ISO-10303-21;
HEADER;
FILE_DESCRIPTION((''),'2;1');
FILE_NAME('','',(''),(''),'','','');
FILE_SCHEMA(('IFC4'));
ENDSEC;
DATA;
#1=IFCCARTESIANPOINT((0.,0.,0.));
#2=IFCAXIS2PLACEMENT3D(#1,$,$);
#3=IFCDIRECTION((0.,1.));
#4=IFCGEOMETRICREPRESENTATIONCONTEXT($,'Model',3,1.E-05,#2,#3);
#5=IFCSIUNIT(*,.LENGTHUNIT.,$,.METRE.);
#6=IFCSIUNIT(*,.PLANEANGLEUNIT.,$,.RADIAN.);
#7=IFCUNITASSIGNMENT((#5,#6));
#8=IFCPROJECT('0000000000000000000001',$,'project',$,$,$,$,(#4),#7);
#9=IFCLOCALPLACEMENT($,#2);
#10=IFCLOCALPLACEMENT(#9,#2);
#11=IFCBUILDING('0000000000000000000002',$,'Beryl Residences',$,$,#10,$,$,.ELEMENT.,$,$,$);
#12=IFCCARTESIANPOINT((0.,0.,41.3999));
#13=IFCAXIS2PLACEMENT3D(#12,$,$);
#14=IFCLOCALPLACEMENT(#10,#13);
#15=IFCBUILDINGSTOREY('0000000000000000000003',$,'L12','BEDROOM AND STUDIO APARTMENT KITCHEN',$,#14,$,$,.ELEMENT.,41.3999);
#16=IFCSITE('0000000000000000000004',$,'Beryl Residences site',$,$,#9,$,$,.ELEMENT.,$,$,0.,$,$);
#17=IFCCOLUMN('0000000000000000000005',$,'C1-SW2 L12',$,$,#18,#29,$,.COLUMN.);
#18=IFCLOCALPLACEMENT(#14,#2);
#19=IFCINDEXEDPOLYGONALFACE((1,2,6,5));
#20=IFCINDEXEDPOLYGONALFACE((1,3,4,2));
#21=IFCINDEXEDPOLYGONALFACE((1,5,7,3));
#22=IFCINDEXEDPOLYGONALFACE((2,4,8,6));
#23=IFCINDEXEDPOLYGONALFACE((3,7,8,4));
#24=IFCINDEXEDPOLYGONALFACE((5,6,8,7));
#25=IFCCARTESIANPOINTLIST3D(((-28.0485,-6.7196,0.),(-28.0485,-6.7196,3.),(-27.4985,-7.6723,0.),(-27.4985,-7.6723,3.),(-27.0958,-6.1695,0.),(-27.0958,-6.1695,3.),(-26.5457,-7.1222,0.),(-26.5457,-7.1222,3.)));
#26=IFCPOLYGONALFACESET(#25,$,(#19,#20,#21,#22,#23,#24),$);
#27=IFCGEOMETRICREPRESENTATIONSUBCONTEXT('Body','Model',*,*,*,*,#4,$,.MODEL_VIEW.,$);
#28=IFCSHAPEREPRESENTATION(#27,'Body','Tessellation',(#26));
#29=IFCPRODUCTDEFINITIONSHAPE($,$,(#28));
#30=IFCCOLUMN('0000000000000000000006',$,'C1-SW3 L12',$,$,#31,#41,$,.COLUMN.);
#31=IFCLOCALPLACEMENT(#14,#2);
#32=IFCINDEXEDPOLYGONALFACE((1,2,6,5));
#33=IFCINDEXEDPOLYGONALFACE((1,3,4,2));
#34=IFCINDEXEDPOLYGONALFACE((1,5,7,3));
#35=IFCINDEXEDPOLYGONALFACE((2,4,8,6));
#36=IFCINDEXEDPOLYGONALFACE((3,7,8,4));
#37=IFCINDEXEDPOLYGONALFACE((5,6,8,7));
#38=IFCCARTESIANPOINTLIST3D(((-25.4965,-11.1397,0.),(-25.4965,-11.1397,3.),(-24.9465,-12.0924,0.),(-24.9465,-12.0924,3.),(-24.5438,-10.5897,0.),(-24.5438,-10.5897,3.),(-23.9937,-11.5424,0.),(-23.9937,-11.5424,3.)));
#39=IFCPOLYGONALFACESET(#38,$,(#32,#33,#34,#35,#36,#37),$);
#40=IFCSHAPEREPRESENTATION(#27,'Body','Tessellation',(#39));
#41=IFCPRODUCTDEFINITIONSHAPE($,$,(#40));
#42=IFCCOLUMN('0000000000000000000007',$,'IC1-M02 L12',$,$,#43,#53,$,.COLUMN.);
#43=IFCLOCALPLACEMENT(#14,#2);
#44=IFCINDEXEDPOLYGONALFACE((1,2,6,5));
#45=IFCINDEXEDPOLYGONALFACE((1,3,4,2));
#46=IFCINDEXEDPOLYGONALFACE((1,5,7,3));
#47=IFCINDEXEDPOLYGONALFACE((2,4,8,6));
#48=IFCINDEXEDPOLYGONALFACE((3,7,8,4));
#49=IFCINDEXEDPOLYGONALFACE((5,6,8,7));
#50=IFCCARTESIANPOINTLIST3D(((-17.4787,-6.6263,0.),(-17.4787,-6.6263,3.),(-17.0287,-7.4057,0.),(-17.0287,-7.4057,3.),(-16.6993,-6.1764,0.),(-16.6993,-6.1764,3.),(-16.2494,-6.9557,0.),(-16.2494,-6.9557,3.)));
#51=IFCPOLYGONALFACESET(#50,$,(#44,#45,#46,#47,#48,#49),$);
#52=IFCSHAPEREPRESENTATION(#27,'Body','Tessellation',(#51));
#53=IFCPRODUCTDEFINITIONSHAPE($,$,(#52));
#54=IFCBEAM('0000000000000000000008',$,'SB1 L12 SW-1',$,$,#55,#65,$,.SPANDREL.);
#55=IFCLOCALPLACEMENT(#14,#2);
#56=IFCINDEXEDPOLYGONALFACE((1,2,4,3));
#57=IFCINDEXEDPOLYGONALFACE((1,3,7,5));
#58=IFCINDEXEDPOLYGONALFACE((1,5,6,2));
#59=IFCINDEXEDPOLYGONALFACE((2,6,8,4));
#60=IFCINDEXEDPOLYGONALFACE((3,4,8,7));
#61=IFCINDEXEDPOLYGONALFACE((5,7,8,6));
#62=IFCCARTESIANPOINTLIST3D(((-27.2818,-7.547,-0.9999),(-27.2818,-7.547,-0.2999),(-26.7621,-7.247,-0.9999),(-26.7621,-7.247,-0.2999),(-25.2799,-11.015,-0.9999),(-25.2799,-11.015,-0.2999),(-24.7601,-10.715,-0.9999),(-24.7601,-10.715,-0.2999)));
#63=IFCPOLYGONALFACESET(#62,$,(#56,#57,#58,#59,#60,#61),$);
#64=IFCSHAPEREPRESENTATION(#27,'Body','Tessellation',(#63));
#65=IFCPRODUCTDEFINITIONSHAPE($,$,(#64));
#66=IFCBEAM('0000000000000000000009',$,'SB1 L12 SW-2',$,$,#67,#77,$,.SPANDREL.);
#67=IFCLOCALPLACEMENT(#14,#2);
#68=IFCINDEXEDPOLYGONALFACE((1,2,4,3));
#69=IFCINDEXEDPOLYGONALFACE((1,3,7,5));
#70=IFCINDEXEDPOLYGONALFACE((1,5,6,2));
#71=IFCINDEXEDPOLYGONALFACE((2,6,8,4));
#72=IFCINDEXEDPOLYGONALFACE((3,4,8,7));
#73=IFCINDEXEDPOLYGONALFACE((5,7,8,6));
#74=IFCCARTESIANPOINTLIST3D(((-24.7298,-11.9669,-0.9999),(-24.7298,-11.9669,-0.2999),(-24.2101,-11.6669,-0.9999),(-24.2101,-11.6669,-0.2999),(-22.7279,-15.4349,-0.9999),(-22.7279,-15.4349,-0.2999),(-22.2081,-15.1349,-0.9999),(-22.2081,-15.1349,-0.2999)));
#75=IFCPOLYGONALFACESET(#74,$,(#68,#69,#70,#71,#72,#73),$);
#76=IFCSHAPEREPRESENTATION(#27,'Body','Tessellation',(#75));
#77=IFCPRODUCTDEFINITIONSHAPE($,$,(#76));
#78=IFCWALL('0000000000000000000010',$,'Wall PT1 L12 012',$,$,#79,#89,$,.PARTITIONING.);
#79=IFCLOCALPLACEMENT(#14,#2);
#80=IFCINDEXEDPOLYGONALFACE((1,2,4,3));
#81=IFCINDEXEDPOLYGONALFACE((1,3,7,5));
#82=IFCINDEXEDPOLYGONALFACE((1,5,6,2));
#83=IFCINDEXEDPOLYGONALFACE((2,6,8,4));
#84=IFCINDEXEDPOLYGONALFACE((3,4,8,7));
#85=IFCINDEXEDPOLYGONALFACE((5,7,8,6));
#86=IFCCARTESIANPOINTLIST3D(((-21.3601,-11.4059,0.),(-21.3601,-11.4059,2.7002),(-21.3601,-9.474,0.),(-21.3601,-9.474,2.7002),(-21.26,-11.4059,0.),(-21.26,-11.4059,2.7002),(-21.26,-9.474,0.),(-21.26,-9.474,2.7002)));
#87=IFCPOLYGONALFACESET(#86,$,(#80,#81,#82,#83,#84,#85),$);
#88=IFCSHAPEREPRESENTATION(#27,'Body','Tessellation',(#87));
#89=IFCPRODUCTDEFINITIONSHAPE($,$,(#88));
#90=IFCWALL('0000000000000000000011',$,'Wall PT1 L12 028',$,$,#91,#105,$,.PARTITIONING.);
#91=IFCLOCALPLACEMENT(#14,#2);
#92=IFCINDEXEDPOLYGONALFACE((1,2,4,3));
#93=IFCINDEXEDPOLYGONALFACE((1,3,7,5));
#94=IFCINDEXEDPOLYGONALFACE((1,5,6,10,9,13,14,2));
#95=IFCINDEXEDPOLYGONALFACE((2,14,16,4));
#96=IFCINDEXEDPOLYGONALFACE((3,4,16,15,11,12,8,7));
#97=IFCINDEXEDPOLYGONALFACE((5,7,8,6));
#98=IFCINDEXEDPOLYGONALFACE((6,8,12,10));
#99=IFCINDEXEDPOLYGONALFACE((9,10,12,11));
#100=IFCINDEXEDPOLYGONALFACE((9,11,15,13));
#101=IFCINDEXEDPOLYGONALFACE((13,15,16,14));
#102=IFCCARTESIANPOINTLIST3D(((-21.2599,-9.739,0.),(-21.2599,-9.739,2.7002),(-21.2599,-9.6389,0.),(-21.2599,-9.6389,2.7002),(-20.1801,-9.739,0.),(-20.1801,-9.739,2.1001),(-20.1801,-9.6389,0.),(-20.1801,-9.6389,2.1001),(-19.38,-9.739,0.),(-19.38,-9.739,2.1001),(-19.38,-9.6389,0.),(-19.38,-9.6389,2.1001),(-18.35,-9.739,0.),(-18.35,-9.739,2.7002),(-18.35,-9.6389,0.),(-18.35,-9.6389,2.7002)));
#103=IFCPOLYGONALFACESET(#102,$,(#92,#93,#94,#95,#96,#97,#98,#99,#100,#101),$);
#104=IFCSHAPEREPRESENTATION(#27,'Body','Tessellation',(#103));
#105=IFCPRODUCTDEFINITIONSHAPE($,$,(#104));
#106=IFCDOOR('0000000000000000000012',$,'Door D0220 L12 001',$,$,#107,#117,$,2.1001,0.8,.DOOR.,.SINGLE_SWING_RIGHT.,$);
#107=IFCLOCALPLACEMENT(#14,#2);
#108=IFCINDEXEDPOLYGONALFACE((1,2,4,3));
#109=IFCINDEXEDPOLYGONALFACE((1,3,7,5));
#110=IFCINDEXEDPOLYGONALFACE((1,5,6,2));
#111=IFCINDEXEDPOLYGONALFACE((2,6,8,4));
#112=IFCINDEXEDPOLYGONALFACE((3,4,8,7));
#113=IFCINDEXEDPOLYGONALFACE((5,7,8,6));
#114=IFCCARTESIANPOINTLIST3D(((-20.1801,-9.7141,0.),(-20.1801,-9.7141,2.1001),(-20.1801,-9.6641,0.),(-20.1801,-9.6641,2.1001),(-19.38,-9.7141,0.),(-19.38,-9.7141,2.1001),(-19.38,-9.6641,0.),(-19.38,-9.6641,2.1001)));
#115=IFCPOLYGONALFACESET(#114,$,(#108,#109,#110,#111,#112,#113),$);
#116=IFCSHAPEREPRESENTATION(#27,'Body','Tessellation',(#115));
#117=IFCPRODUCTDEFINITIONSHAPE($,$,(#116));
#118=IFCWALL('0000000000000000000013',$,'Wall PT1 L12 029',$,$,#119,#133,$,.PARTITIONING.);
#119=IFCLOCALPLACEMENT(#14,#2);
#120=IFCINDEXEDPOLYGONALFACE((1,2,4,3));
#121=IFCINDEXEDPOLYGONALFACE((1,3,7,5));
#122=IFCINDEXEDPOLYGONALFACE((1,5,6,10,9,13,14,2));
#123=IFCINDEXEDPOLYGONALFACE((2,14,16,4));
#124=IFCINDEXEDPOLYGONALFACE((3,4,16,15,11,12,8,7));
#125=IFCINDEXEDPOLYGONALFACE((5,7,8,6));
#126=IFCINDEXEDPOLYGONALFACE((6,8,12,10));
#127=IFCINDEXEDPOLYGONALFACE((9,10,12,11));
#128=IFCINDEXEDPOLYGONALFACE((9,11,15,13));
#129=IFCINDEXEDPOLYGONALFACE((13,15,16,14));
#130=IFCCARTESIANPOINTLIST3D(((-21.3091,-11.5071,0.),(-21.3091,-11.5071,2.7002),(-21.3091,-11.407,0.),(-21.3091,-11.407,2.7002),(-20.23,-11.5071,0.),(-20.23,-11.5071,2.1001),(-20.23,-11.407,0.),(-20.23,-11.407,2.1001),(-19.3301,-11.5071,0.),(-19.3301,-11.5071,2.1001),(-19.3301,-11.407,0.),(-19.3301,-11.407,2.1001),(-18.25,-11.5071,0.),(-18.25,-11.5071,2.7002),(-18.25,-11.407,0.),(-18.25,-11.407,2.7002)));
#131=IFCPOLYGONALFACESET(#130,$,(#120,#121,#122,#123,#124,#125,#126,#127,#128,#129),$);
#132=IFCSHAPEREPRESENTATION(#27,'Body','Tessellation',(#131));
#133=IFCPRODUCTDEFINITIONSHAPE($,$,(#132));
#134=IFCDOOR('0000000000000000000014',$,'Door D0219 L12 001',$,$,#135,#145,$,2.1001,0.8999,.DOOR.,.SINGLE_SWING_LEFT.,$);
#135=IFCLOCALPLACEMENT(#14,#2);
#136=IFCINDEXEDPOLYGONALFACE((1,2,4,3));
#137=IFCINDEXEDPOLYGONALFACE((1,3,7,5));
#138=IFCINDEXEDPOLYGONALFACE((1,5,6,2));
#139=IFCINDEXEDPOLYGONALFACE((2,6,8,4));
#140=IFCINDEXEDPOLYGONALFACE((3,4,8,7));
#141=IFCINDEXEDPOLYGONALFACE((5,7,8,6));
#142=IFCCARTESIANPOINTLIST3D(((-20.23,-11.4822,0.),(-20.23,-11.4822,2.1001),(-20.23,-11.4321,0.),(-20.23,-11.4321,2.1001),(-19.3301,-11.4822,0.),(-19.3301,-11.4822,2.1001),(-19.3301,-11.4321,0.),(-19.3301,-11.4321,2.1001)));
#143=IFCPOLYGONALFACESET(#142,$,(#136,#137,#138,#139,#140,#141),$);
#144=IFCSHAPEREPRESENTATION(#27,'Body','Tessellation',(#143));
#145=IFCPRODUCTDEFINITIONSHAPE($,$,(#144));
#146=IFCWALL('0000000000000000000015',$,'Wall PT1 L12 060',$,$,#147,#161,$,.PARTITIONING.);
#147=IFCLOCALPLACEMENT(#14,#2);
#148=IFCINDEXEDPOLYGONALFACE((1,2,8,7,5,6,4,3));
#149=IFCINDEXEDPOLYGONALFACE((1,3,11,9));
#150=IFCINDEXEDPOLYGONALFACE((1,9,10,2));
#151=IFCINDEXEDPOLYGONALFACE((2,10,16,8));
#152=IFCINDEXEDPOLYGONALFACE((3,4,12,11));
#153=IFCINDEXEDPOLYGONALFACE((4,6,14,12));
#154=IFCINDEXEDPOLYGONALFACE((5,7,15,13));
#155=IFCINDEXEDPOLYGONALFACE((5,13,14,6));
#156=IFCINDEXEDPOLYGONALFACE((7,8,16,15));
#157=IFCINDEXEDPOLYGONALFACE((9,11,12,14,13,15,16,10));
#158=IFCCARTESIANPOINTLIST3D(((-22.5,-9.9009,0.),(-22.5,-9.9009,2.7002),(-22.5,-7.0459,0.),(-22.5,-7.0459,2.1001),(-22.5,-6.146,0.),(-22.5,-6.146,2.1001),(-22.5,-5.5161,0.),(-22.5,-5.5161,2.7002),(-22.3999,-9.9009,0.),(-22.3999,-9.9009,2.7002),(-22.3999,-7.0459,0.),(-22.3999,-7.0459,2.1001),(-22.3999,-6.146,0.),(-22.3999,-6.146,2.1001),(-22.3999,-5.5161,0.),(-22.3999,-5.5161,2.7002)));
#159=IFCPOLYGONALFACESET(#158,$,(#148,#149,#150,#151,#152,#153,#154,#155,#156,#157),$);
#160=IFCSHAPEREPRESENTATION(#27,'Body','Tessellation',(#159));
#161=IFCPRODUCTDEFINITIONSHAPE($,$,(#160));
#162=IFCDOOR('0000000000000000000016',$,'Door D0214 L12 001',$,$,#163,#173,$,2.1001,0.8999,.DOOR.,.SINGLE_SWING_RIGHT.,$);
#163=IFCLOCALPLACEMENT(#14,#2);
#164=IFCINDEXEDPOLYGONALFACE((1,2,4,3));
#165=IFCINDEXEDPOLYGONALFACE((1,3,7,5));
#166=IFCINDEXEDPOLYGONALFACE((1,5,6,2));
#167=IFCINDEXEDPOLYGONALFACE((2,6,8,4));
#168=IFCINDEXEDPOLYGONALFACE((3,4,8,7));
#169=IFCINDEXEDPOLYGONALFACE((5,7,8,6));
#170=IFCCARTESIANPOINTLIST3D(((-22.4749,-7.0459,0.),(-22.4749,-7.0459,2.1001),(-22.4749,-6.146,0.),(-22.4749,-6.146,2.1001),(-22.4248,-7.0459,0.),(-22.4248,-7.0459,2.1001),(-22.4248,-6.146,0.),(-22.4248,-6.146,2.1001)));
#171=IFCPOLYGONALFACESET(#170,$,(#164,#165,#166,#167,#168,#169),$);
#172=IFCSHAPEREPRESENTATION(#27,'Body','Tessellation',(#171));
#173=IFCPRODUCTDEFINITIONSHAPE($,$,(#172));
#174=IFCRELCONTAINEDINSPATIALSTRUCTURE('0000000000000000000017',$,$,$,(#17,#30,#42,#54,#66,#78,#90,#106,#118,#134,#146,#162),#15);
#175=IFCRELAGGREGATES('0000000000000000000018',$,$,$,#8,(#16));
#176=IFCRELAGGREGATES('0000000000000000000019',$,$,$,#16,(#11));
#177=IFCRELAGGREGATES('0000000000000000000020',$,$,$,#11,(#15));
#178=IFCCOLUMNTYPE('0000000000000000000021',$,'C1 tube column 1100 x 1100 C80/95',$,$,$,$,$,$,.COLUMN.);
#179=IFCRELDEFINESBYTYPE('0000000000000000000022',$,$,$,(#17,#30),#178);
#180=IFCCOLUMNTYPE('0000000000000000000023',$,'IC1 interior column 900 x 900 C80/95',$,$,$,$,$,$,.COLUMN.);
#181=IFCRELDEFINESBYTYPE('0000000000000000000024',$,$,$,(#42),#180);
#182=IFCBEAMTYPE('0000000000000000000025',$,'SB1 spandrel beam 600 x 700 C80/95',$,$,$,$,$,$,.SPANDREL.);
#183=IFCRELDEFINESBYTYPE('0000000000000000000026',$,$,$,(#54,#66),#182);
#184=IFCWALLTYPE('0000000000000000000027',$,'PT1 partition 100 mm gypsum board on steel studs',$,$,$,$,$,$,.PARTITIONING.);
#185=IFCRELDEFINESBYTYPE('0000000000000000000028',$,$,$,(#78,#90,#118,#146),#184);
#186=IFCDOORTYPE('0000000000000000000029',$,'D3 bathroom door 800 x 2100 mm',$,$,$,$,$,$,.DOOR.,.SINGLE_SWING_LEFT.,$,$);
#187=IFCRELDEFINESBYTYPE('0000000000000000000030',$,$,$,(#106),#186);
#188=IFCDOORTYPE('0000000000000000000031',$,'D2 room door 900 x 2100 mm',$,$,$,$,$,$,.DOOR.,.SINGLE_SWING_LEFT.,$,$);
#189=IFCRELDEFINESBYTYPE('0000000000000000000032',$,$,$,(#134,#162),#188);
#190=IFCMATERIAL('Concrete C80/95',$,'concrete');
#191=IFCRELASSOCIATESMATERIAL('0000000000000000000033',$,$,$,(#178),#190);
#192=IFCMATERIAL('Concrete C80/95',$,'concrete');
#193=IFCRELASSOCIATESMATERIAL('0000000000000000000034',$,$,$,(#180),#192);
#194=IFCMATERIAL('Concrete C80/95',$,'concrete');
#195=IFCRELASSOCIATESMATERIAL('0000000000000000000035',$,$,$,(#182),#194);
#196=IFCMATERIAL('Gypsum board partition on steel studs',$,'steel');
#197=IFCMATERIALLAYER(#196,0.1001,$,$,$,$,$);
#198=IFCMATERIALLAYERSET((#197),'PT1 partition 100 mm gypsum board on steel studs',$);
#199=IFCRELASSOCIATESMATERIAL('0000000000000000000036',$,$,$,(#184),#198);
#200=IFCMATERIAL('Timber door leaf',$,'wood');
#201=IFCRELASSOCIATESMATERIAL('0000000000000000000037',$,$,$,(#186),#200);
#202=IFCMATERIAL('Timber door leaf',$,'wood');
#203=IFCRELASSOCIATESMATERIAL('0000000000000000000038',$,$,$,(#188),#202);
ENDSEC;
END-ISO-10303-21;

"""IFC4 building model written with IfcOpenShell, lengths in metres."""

from ifc_helpers import new_model, si_unit, direction, frame, frame_2d, origin, origin_2d, place, context, subcontext, project, spatial, rectangle, extrude, material, layer, layer_set, material_profile, profile_set, type_object, element, fill, save


model = new_model("IFC4")

# Units and contexts
model_context = context("Model", 3, precision=1e-05, world=origin(), true_north=direction((0.0, 1.0)))
body_context = subcontext(model_context, "Body", "Model", "MODEL_VIEW")
ifc_project = project(units=[si_unit("LENGTHUNIT", "METRE"), si_unit("PLANEANGLEUNIT", "RADIAN")], contexts=[model_context])

# Site, building, storey
site_placement = place(None, origin())
site = spatial("IfcSite", under=ifc_project, at=site_placement, Name="Beryl Residences site", CompositionType="ELEMENT", RefElevation=0.0)
building_placement = place(site_placement, origin())
building = spatial("IfcBuilding", under=site, at=building_placement, Name="Beryl Residences", CompositionType="ELEMENT")
storey_placement = place(building_placement, frame((0.0, 0.0, 41.3999)))
storey = spatial("IfcBuildingStorey", under=building, at=storey_placement, Name="L12", Description="BEDROOM AND STUDIO APARTMENT KITCHEN", CompositionType="ELEMENT", Elevation=41.3999)

# Columns
ifc_material_1 = material(Name="Concrete C80/95", Category="concrete")
ifc_material_profile_1 = material_profile(ifc_material_1, rectangle(XDim=1.1001, YDim=1.1001, at=origin_2d()))
ifc_profile_set_1 = profile_set([ifc_material_profile_1], Name="Concrete C80/95")
column_type_1 = type_object("IfcColumnType", Name="C1 tube column 1100 x 1100 C80/95", PredefinedType="COLUMN", material=ifc_profile_set_1)
for number, where, z_axis, x_axis, name in (
    (1, (-27.2971, -6.9209, 0.0), (0.0, 0.0, 1.0), (0.499985, -0.866034, 0.0), "C1-SW2 L12"),
    (2, (-24.7451, -11.3411, 0.0), (0.0, 0.0, 1.0), (0.499985, -0.866034, 0.0), "C1-SW3 L12"),
):
    element("IfcColumn", number, at=place(storey_placement, frame(where, z_axis=z_axis, x_axis=x_axis)), inside=storey, type_object=column_type_1, Name=name, PredefinedType="COLUMN", context=body_context, shape_type="SweptSolid", body=[
        extrude(rectangle(XDim=1.1001, YDim=1.1001, at=origin_2d()), origin(), (0.0, 0.0, 1.0), 3.0),
    ])
ifc_material_2 = material(Name="Concrete C80/95", Category="concrete")
ifc_material_profile_2 = material_profile(ifc_material_2, rectangle(XDim=0.8999, YDim=0.8999, at=origin_2d()))
ifc_profile_set_2 = profile_set([ifc_material_profile_2], Name="Concrete C80/95")
column_type_2 = type_object("IfcColumnType", Name="IC1 interior column 900 x 900 C80/95", PredefinedType="COLUMN", material=ifc_profile_set_2)
column_placement = place(storey_placement, frame((-16.864, -6.791, 0.0), z_axis=(0.0, 0.0, 1.0), x_axis=(0.499985, -0.866034, 0.0)))
element("IfcColumn", 3, at=column_placement, inside=storey, type_object=column_type_2, Name="IC1-M02 L12", PredefinedType="COLUMN", context=body_context, shape_type="SweptSolid", body=[
    extrude(rectangle(XDim=0.8999, YDim=0.8999, at=origin_2d()), origin(), (0.0, 0.0, 1.0), 3.0),
])

# Beams
ifc_material_3 = material(Name="Concrete C80/95", Category="concrete")
ifc_material_profile_3 = material_profile(ifc_material_3, rectangle(XDim=0.6001, YDim=0.7, at=origin_2d()))
ifc_profile_set_3 = profile_set([ifc_material_profile_3], Name="Concrete C80/95")
beam_type = type_object("IfcBeamType", Name="SB1 spandrel beam 600 x 700 C80/95", PredefinedType="SPANDREL", material=ifc_profile_set_3)
for number, where, z_axis, x_axis, name in (
    (4, (-27.022, -7.397, -0.6499), (0.499942, -0.866059, 0.0), (0.866059, 0.499942, 0.0), "SB1 L12 SW-1"),
    (5, (-24.47, -11.8169, -0.6499), (0.499942, -0.866059, 0.0), (0.866059, 0.499942, 0.0), "SB1 L12 SW-2"),
):
    element("IfcBeam", number, at=place(storey_placement, frame(where, z_axis=z_axis, x_axis=x_axis)), inside=storey, type_object=beam_type, Name=name, PredefinedType="SPANDREL", context=body_context, shape_type="SweptSolid", body=[
        extrude(rectangle(XDim=0.6001, YDim=0.7, at=origin_2d()), origin(), (0.0, 0.0, 1.0), 4.0044),
    ])

# Wall
ifc_material_4 = material(Name="Gypsum board partition on steel studs", Category="steel")
ifc_layer_1 = layer(ifc_material_4, 0.1001)
ifc_layer_set_1 = layer_set([ifc_layer_1], Name="PT1 partition 100 mm gypsum board on steel studs")
wall_type_1 = type_object("IfcWallType", Name="PT1 partition 100 mm gypsum board on steel studs", PredefinedType="PARTITIONING", material=ifc_layer_set_1)
wall_1_placement = place(storey_placement, frame((-21.3101, -9.4741, 0.0), z_axis=(0.0, 0.0, 1.0), x_axis=(0.0, -1.0, 0.0)))
element("IfcWall", 6, at=wall_1_placement, inside=storey, type_object=wall_type_1, Name="Wall PT1 L12 012", PredefinedType="PARTITIONING", context=body_context, shape_type="SweptSolid", body=[
    extrude(rectangle(XDim=1.9319, YDim=0.1001, at=frame_2d((0.9658, 0.0))), origin(), (0.0, 0.0, 1.0), 2.7002),
])

# Walls, openings, doors
wall_2_placement = place(storey_placement, frame((-21.26, -9.689, 0.0), z_axis=(0.0, 0.0, 1.0), x_axis=(1.0, 0.0, 0.0)))
wall_2 = element("IfcWall", 7, at=wall_2_placement, inside=storey, type_object=wall_type_1, Name="Wall PT1 L12 028", PredefinedType="PARTITIONING", context=body_context, shape_type="SweptSolid", body=[
    extrude(rectangle(XDim=2.9099, YDim=0.1001, at=frame_2d((1.4551, 0.0))), origin(), (0.0, 0.0, 1.0), 2.7002),
])
opening_1_placement = place(wall_2_placement, frame((1.0801, 0.0, 0.0)))
opening_1 = element("IfcOpeningElement", 8, at=opening_1_placement, cuts=wall_2, PredefinedType="OPENING", context=body_context, shape_type="SweptSolid", body=[
    extrude(rectangle(XDim=0.8, YDim=2.1001, at=frame_2d((0.3999, 1.05))), frame((0.0, 0.0601, 0.0), z_axis=(0.0, -1.0, 0.0), x_axis=(1.0, 0.0, 0.0)), (0.0, 0.0, 1.0), 0.1201),
])
ifc_material_5 = material(Name="Timber door leaf", Category="wood")
door_type_1 = type_object("IfcDoorType", Name="D3 bathroom door 800 x 2100 mm", OperationType="SINGLE_SWING_LEFT", PredefinedType="DOOR", material=ifc_material_5)
door_1_placement = place(opening_1_placement, origin())
door_1 = element("IfcDoor", 9, at=door_1_placement, inside=storey, type_object=door_type_1, Name="Door D0220 L12 001", OperationType="SINGLE_SWING_RIGHT", OverallHeight=2.1001, OverallWidth=0.8, PredefinedType="DOOR", context=body_context, shape_type="SweptSolid", body=[
    extrude(rectangle(XDim=0.8, YDim=2.1001, at=frame_2d((0.3999, 1.05))), frame((0.0, 0.0249, 0.0), z_axis=(0.0, -1.0, 0.0), x_axis=(1.0, 0.0, 0.0)), (0.0, 0.0, 1.0), 0.05),
])
fill(opening_1, door_1)
wall_3_placement = place(storey_placement, frame((-21.3091, -11.457, 0.0), z_axis=(0.0, 0.0, 1.0), x_axis=(1.0, 0.0, 0.0)))
wall_3 = element("IfcWall", 10, at=wall_3_placement, inside=storey, type_object=wall_type_1, Name="Wall PT1 L12 029", PredefinedType="PARTITIONING", context=body_context, shape_type="SweptSolid", body=[
    extrude(rectangle(XDim=3.0591, YDim=0.1001, at=frame_2d((1.5295, 0.0))), origin(), (0.0, 0.0, 1.0), 2.7002),
])
opening_2_placement = place(wall_3_placement, frame((1.0791, 0.0, 0.0)))
opening_2 = element("IfcOpeningElement", 11, at=opening_2_placement, cuts=wall_3, PredefinedType="OPENING", context=body_context, shape_type="SweptSolid", body=[
    extrude(rectangle(XDim=0.8999, YDim=2.1001, at=frame_2d((0.45, 1.05))), frame((0.0, 0.0601, 0.0), z_axis=(0.0, -1.0, 0.0), x_axis=(1.0, 0.0, 0.0)), (0.0, 0.0, 1.0), 0.1201),
])
ifc_material_6 = material(Name="Timber door leaf", Category="wood")
door_type_2 = type_object("IfcDoorType", Name="D2 room door 900 x 2100 mm", OperationType="SINGLE_SWING_LEFT", PredefinedType="DOOR", material=ifc_material_6)
door_2_placement = place(opening_2_placement, origin())
door_2 = element("IfcDoor", 12, at=door_2_placement, inside=storey, type_object=door_type_2, Name="Door D0219 L12 001", OperationType="SINGLE_SWING_LEFT", OverallHeight=2.1001, OverallWidth=0.8999, PredefinedType="DOOR", context=body_context, shape_type="SweptSolid", body=[
    extrude(rectangle(XDim=0.8999, YDim=2.1001, at=frame_2d((0.45, 1.05))), frame((0.0, 0.0249, 0.0), z_axis=(0.0, -1.0, 0.0), x_axis=(1.0, 0.0, 0.0)), (0.0, 0.0, 1.0), 0.05),
])
fill(opening_2, door_2)
wall_4_placement = place(storey_placement, frame((-22.45, -9.9009, 0.0), z_axis=(0.0, 0.0, 1.0), x_axis=(0.0, 1.0, 0.0)))
wall_4 = element("IfcWall", 13, at=wall_4_placement, inside=storey, type_object=wall_type_1, Name="Wall PT1 L12 060", PredefinedType="PARTITIONING", context=body_context, shape_type="SweptSolid", body=[
    extrude(rectangle(XDim=4.3848, YDim=0.1001, at=frame_2d((2.1924, 0.0))), origin(), (0.0, 0.0, 1.0), 2.7002),
])
opening_3_placement = place(wall_4_placement, frame((2.855, 0.0, 0.0)))
opening_3 = element("IfcOpeningElement", 14, at=opening_3_placement, cuts=wall_4, PredefinedType="OPENING", context=body_context, shape_type="SweptSolid", body=[
    extrude(rectangle(XDim=0.8999, YDim=2.1001, at=frame_2d((0.45, 1.05))), frame((0.0, 0.0601, 0.0), z_axis=(0.0, -1.0, 0.0), x_axis=(1.0, 0.0, 0.0)), (0.0, 0.0, 1.0), 0.1201),
])
door_3_placement = place(opening_3_placement, origin())
door_3 = element("IfcDoor", 15, at=door_3_placement, inside=storey, type_object=door_type_2, Name="Door D0214 L12 001", OperationType="SINGLE_SWING_RIGHT", OverallHeight=2.1001, OverallWidth=0.8999, PredefinedType="DOOR", context=body_context, shape_type="SweptSolid", body=[
    extrude(rectangle(XDim=0.8999, YDim=2.1001, at=frame_2d((0.45, 1.05))), frame((0.0, 0.0249, 0.0), z_axis=(0.0, -1.0, 0.0), x_axis=(1.0, 0.0, 0.0)), (0.0, 0.0, 1.0), 0.05),
])
fill(opening_3, door_3)

save(model, "model.ifc")
